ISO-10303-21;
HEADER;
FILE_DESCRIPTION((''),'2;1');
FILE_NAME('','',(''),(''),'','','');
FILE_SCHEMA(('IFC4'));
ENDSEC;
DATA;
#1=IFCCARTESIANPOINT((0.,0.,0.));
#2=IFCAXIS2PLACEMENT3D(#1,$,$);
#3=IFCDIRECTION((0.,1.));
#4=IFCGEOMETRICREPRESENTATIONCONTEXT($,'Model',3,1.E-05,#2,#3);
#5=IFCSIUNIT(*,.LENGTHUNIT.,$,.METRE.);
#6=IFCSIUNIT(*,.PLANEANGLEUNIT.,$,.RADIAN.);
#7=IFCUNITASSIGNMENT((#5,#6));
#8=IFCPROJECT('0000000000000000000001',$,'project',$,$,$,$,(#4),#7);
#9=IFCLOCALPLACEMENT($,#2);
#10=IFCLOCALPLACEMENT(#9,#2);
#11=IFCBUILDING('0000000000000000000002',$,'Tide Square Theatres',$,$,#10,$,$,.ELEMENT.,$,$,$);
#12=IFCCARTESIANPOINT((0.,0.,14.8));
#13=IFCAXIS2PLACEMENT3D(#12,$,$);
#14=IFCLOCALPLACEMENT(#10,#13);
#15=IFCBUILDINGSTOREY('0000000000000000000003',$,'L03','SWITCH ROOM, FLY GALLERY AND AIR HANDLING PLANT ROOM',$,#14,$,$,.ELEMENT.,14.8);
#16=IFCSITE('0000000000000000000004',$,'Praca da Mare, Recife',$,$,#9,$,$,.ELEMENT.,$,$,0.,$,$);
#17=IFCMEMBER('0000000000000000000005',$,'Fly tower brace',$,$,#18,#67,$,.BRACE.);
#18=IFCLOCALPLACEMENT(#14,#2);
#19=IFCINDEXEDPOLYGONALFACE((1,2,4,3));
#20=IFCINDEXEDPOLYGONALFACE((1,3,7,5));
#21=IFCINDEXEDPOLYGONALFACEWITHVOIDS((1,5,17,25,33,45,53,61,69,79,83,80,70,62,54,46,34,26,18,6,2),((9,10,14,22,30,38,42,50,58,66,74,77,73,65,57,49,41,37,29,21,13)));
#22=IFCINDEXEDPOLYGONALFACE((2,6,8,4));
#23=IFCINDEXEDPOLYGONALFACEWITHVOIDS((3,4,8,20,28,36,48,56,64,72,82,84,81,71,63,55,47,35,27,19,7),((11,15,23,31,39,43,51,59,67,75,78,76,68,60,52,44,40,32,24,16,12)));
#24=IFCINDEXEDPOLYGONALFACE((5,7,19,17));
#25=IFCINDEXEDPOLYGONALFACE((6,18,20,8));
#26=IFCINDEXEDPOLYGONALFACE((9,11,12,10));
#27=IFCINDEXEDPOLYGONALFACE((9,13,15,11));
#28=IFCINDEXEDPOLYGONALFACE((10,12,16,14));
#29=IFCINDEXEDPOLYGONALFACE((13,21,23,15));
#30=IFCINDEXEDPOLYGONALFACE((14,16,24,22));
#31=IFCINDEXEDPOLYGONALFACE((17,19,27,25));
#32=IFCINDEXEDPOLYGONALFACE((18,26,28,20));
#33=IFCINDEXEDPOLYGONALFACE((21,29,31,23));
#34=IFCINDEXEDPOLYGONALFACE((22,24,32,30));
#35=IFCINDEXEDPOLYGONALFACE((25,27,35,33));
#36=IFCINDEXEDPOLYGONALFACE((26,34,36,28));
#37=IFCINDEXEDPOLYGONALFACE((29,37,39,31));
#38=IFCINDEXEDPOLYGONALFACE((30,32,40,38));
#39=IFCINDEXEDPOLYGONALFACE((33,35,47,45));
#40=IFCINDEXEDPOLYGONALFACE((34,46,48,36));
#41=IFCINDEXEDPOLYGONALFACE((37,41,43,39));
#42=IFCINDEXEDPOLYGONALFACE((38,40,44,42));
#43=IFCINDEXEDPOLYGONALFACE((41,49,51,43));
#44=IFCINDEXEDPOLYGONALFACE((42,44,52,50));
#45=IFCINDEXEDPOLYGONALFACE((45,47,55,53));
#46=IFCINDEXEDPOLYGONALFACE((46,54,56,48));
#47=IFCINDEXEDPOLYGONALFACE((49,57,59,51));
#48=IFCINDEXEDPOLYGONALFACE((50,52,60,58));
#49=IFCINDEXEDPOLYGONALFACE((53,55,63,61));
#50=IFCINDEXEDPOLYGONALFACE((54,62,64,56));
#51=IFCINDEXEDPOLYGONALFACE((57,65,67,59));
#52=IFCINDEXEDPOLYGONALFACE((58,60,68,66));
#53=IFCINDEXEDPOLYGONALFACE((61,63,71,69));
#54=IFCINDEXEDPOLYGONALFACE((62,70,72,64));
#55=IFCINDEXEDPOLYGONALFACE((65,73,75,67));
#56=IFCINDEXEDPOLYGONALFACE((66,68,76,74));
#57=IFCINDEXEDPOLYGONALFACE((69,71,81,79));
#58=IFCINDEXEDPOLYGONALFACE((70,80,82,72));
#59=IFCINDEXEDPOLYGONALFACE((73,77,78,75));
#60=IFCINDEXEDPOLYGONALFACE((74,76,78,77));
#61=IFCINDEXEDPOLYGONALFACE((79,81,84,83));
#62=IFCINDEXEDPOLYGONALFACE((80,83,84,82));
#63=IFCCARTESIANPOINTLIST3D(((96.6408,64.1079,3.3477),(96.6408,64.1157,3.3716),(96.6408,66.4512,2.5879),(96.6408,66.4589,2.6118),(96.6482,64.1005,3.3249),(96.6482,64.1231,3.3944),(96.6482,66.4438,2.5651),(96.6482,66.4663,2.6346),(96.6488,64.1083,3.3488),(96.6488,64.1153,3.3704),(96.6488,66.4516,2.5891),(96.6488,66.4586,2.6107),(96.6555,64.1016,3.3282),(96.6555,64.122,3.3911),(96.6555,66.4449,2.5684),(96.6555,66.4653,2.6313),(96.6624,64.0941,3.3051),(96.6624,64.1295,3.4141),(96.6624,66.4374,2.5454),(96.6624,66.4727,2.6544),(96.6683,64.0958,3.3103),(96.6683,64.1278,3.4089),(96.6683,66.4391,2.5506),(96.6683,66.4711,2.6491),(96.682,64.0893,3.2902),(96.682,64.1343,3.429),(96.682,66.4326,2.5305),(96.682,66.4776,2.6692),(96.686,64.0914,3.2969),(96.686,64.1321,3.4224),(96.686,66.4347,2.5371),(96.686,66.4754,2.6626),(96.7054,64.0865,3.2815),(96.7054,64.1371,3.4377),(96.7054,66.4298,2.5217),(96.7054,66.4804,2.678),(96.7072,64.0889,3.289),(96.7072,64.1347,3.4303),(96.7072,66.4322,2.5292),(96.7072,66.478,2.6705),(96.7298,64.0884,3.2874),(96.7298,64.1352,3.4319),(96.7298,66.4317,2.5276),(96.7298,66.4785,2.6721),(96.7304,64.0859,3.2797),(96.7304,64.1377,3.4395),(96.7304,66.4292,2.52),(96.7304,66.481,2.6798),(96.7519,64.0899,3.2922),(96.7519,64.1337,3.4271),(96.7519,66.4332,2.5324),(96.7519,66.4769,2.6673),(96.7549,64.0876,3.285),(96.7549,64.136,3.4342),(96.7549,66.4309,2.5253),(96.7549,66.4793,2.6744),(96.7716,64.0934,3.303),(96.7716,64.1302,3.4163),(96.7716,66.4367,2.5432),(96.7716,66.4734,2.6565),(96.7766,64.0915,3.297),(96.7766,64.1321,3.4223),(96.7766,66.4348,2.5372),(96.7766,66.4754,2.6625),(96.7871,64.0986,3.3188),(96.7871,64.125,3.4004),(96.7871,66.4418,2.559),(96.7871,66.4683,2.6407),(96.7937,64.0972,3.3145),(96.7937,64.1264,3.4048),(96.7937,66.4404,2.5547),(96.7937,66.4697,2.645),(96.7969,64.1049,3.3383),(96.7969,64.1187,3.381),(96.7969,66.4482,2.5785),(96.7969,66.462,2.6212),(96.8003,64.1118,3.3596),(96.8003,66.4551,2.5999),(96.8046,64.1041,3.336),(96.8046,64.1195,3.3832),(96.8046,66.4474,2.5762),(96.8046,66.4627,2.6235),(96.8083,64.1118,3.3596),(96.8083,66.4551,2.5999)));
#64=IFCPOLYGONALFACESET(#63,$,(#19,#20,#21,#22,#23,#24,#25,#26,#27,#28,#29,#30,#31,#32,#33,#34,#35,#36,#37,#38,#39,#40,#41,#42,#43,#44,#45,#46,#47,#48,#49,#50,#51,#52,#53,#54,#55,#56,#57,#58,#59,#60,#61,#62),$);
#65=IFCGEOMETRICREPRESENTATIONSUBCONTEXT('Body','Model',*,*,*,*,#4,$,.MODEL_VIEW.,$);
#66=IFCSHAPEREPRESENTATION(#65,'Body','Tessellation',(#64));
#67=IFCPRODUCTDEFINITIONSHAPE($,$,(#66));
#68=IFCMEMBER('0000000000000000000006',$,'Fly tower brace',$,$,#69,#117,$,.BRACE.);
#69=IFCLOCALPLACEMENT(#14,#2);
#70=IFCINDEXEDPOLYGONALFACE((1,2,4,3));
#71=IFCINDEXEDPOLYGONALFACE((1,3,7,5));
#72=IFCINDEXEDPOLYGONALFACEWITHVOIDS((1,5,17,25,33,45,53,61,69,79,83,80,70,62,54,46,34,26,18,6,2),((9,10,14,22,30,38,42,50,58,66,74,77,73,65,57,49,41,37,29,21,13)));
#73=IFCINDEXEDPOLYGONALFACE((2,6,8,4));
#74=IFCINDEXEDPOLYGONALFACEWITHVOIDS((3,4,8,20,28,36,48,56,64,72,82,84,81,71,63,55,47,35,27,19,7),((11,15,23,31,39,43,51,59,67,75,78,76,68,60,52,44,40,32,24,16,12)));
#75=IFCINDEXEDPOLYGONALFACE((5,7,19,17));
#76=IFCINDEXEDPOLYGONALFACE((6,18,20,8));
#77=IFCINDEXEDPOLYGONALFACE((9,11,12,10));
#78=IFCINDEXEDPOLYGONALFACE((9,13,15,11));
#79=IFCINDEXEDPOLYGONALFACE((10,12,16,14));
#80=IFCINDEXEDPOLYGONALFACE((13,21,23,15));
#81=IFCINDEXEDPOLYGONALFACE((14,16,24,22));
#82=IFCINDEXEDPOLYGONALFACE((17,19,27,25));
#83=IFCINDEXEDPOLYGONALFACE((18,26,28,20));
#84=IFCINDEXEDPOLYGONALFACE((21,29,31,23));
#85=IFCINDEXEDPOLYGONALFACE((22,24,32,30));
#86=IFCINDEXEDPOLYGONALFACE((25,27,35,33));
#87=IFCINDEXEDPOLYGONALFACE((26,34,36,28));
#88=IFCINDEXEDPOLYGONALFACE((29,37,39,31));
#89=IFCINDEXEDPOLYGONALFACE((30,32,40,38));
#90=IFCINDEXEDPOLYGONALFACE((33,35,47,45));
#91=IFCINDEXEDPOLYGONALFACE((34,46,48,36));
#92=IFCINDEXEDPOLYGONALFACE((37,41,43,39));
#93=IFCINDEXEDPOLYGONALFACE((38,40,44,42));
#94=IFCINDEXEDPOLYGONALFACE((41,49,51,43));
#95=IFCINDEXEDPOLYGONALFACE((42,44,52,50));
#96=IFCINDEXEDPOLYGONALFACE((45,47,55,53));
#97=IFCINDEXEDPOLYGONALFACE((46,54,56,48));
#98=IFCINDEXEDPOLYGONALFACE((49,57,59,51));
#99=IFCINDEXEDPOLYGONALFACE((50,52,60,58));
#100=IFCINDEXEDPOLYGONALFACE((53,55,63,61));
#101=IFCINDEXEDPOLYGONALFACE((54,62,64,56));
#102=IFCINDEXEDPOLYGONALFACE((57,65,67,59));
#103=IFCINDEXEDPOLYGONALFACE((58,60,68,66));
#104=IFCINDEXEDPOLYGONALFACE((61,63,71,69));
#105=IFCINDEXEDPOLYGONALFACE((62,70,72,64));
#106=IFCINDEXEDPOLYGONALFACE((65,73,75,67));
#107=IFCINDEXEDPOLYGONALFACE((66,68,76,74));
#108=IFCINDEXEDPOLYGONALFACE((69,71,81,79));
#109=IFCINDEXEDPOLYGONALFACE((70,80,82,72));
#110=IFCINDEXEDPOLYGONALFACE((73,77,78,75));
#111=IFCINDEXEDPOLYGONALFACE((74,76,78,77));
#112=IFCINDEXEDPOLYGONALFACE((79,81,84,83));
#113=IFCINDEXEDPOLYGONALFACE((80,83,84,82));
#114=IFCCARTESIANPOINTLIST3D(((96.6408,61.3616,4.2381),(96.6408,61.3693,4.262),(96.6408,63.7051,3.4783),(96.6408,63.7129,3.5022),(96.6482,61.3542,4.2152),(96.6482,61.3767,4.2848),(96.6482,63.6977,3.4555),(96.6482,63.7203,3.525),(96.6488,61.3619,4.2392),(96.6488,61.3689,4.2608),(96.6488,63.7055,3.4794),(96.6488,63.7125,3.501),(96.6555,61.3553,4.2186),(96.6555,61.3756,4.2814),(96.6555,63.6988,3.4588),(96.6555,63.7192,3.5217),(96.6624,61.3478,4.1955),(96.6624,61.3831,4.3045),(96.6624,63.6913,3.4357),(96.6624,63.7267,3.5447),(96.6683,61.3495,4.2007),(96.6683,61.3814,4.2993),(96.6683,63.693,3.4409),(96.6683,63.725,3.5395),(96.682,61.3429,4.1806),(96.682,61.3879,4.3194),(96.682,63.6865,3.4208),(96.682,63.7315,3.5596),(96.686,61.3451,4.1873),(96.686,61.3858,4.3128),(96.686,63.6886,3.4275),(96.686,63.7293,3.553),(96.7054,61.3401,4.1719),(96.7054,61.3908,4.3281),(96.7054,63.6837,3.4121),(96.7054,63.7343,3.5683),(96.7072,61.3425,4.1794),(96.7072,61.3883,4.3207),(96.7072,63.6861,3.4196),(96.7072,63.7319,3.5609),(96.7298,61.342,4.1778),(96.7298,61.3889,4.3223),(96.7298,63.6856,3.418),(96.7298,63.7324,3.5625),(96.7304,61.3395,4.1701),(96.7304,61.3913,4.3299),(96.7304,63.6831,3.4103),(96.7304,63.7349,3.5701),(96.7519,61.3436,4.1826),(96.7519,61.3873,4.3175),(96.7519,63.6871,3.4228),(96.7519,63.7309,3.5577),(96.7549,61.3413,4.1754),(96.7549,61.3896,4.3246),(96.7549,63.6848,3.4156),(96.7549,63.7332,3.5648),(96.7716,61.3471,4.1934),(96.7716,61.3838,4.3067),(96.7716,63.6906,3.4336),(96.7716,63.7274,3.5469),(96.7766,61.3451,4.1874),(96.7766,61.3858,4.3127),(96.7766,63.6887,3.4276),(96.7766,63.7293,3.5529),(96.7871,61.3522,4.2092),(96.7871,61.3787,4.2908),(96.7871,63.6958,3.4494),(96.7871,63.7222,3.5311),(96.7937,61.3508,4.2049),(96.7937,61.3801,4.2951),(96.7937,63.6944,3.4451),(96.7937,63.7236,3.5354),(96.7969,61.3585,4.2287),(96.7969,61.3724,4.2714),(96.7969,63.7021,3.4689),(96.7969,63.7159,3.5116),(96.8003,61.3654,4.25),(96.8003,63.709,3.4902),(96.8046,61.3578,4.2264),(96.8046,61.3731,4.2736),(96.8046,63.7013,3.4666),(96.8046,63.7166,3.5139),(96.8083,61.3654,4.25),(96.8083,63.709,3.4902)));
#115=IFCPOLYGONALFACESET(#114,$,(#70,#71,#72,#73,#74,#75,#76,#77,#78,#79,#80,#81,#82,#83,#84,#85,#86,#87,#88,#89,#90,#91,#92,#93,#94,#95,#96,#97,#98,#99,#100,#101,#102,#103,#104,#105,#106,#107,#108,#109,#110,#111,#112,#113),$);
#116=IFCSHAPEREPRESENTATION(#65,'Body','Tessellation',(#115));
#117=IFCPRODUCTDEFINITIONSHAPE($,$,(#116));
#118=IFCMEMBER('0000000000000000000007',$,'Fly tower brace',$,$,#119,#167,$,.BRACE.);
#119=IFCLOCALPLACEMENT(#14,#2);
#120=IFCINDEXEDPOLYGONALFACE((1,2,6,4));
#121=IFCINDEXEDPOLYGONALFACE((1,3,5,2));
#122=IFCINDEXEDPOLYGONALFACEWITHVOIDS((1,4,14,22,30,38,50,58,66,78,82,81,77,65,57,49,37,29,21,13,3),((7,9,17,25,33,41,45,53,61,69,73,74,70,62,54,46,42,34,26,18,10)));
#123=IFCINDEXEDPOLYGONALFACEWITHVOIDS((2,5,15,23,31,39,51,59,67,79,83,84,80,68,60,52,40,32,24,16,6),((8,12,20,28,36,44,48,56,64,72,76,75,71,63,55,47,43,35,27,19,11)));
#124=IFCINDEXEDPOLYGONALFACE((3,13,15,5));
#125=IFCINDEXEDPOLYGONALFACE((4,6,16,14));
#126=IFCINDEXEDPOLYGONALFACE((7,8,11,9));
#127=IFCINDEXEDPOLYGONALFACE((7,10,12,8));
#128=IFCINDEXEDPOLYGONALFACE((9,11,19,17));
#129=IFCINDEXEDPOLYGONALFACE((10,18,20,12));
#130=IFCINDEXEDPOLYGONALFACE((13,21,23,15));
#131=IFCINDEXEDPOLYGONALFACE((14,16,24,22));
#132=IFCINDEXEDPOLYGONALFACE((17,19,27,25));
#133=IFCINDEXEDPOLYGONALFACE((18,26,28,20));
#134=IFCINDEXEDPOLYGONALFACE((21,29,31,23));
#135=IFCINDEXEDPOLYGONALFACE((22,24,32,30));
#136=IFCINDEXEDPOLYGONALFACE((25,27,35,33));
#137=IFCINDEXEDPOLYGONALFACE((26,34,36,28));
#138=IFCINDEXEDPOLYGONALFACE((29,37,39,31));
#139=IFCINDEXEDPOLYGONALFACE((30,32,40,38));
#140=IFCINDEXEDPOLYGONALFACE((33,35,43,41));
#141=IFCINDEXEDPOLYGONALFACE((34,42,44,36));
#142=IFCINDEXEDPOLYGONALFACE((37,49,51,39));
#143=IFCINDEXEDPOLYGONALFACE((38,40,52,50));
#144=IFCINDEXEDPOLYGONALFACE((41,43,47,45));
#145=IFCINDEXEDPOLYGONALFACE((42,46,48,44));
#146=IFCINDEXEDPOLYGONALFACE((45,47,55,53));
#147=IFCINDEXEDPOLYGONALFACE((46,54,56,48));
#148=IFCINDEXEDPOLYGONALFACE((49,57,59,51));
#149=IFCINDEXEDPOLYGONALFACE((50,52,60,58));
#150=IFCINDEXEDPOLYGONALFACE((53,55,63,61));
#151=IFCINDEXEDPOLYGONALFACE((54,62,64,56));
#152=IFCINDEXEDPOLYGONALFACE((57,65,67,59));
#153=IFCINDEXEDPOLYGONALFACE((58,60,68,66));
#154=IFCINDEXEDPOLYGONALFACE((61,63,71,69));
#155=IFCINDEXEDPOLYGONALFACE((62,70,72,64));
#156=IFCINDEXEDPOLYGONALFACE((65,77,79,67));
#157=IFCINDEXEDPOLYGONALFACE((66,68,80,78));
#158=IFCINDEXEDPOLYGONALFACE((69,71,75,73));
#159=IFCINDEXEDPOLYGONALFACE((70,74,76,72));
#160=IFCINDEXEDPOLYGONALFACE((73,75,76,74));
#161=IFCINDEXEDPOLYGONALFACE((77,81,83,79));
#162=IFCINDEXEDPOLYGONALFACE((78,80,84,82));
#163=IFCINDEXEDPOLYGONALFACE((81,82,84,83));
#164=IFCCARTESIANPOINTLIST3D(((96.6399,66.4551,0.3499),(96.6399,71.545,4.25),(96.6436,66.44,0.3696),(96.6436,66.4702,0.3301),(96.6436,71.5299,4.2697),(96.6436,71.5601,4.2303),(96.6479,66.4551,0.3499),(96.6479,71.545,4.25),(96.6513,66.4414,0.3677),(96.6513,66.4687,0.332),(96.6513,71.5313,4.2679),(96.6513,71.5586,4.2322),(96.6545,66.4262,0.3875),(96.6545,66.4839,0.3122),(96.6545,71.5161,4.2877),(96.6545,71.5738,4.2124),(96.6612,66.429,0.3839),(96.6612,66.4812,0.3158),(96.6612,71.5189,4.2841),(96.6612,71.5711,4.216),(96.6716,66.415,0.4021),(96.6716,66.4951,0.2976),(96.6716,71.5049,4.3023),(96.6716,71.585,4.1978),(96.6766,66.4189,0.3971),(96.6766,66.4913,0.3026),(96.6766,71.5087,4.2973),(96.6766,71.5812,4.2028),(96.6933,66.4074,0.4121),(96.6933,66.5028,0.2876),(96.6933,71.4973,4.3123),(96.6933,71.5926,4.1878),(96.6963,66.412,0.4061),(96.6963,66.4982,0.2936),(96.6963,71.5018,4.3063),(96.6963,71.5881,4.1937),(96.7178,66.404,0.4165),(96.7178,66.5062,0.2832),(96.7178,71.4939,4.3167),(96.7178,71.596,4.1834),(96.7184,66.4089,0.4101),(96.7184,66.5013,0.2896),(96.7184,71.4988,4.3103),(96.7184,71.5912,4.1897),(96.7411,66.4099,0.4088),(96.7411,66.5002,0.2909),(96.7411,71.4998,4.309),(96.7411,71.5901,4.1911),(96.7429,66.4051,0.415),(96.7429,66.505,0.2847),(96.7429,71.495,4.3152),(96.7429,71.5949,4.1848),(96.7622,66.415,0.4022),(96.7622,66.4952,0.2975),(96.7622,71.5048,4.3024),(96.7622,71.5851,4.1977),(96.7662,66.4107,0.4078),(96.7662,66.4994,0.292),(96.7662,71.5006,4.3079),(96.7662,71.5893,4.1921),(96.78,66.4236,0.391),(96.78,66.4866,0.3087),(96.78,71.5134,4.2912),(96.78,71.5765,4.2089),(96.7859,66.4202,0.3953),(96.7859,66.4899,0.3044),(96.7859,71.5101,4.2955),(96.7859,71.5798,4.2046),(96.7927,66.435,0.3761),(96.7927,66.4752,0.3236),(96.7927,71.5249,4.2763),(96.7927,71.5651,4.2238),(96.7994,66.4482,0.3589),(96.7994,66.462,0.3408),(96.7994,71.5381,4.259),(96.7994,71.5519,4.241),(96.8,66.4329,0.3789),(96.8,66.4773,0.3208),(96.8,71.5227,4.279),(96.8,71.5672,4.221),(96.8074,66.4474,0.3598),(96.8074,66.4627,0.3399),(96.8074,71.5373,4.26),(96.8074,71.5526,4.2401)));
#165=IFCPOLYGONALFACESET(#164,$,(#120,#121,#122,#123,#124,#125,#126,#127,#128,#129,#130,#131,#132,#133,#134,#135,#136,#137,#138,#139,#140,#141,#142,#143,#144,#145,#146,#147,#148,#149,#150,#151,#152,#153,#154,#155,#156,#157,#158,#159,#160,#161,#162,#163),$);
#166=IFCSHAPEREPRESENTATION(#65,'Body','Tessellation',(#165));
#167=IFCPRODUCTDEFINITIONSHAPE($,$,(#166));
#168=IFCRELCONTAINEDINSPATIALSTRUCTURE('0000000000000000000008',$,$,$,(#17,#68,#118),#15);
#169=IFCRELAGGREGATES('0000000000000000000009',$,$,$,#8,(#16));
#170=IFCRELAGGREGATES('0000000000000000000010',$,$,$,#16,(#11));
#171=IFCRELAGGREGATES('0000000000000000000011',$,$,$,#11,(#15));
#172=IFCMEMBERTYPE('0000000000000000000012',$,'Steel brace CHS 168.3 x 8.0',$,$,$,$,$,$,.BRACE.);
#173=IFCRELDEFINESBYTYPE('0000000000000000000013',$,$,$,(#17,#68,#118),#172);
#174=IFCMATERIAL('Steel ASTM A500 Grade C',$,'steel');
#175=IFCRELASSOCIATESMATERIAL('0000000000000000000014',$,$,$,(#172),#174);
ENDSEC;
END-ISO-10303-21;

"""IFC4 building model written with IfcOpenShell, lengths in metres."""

from ifc_helpers import new_model, si_unit, direction, frame, origin, origin_2d, place, context, subcontext, project, spatial, hollow_circle, extrude, material, material_profile, profile_set, type_object, element, save


model = new_model("IFC4")

# Units and contexts
model_context = context("Model", 3, precision=1e-05, world=origin(), true_north=direction((0.0, 1.0)))
body_context = subcontext(model_context, "Body", "Model", "MODEL_VIEW")
ifc_project = project(units=[si_unit("LENGTHUNIT", "METRE"), si_unit("PLANEANGLEUNIT", "RADIAN")], contexts=[model_context])

# Site, building, storey
site_placement = place(None, origin())
site = spatial("IfcSite", under=ifc_project, at=site_placement, Name="Praca da Mare, Recife", CompositionType="ELEMENT", RefElevation=0.0)
building_placement = place(site_placement, origin())
building = spatial("IfcBuilding", under=site, at=building_placement, Name="Tide Square Theatres", CompositionType="ELEMENT")
storey_placement = place(building_placement, frame((0.0, 0.0, 14.8)))
storey = spatial("IfcBuildingStorey", under=building, at=storey_placement, Name="L03", Description="SWITCH ROOM, FLY GALLERY AND AIR HANDLING PLANT ROOM", CompositionType="ELEMENT", Elevation=14.8)

# Members
ifc_material_1 = material(Name="Steel ASTM A500 Grade C", Category="steel")
ifc_material_profile_1 = material_profile(ifc_material_1, hollow_circle(Radius=0.0842, WallThickness=0.0081, at=origin_2d()))
ifc_profile_set_1 = profile_set([ifc_material_profile_1], Name="Steel ASTM A500 Grade C")
member_type = type_object("IfcMemberType", Name="Steel brace CHS 168.3 x 8.0", PredefinedType="BRACE", material=ifc_profile_set_1)
member_1_placement = place(storey_placement, frame((96.7241, 66.4551, 2.5999), z_axis=(0.0, -0.951248, 0.308427), x_axis=(1.0, 0.0, 0.0)))
element("IfcMember", 1, at=member_1_placement, inside=storey, type_object=member_type, Name="Fly tower brace", PredefinedType="BRACE", context=body_context, shape_type="SweptSolid", body=[
    extrude(hollow_circle(Radius=0.0842, WallThickness=0.0081, at=origin_2d()), origin(), (0.0, 0.0, 1.0), 2.4634),
])
member_2_placement = place(storey_placement, frame((96.7241, 63.709, 3.4902), z_axis=(0.0, -0.951257, 0.308398), x_axis=(1.0, 0.0, 0.0)))
element("IfcMember", 2, at=member_2_placement, inside=storey, type_object=member_type, Name="Fly tower brace", PredefinedType="BRACE", context=body_context, shape_type="SweptSolid", body=[
    extrude(hollow_circle(Radius=0.0842, WallThickness=0.0081, at=origin_2d()), origin(), (0.0, 0.0, 1.0), 2.4636),
])
member_3_placement = place(storey_placement, frame((96.7241, 66.4551, 0.3499), z_axis=(0.0, 0.793762, 0.608228), x_axis=(-1.0, 0.0, 0.0)))
element("IfcMember", 3, at=member_3_placement, inside=storey, type_object=member_type, Name="Fly tower brace", PredefinedType="BRACE", context=body_context, shape_type="SweptSolid", body=[
    extrude(hollow_circle(Radius=0.0842, WallThickness=0.0081, at=origin_2d()), origin(), (0.0, 0.0, 1.0), 6.4124),
])

save(model, "model.ifc")
